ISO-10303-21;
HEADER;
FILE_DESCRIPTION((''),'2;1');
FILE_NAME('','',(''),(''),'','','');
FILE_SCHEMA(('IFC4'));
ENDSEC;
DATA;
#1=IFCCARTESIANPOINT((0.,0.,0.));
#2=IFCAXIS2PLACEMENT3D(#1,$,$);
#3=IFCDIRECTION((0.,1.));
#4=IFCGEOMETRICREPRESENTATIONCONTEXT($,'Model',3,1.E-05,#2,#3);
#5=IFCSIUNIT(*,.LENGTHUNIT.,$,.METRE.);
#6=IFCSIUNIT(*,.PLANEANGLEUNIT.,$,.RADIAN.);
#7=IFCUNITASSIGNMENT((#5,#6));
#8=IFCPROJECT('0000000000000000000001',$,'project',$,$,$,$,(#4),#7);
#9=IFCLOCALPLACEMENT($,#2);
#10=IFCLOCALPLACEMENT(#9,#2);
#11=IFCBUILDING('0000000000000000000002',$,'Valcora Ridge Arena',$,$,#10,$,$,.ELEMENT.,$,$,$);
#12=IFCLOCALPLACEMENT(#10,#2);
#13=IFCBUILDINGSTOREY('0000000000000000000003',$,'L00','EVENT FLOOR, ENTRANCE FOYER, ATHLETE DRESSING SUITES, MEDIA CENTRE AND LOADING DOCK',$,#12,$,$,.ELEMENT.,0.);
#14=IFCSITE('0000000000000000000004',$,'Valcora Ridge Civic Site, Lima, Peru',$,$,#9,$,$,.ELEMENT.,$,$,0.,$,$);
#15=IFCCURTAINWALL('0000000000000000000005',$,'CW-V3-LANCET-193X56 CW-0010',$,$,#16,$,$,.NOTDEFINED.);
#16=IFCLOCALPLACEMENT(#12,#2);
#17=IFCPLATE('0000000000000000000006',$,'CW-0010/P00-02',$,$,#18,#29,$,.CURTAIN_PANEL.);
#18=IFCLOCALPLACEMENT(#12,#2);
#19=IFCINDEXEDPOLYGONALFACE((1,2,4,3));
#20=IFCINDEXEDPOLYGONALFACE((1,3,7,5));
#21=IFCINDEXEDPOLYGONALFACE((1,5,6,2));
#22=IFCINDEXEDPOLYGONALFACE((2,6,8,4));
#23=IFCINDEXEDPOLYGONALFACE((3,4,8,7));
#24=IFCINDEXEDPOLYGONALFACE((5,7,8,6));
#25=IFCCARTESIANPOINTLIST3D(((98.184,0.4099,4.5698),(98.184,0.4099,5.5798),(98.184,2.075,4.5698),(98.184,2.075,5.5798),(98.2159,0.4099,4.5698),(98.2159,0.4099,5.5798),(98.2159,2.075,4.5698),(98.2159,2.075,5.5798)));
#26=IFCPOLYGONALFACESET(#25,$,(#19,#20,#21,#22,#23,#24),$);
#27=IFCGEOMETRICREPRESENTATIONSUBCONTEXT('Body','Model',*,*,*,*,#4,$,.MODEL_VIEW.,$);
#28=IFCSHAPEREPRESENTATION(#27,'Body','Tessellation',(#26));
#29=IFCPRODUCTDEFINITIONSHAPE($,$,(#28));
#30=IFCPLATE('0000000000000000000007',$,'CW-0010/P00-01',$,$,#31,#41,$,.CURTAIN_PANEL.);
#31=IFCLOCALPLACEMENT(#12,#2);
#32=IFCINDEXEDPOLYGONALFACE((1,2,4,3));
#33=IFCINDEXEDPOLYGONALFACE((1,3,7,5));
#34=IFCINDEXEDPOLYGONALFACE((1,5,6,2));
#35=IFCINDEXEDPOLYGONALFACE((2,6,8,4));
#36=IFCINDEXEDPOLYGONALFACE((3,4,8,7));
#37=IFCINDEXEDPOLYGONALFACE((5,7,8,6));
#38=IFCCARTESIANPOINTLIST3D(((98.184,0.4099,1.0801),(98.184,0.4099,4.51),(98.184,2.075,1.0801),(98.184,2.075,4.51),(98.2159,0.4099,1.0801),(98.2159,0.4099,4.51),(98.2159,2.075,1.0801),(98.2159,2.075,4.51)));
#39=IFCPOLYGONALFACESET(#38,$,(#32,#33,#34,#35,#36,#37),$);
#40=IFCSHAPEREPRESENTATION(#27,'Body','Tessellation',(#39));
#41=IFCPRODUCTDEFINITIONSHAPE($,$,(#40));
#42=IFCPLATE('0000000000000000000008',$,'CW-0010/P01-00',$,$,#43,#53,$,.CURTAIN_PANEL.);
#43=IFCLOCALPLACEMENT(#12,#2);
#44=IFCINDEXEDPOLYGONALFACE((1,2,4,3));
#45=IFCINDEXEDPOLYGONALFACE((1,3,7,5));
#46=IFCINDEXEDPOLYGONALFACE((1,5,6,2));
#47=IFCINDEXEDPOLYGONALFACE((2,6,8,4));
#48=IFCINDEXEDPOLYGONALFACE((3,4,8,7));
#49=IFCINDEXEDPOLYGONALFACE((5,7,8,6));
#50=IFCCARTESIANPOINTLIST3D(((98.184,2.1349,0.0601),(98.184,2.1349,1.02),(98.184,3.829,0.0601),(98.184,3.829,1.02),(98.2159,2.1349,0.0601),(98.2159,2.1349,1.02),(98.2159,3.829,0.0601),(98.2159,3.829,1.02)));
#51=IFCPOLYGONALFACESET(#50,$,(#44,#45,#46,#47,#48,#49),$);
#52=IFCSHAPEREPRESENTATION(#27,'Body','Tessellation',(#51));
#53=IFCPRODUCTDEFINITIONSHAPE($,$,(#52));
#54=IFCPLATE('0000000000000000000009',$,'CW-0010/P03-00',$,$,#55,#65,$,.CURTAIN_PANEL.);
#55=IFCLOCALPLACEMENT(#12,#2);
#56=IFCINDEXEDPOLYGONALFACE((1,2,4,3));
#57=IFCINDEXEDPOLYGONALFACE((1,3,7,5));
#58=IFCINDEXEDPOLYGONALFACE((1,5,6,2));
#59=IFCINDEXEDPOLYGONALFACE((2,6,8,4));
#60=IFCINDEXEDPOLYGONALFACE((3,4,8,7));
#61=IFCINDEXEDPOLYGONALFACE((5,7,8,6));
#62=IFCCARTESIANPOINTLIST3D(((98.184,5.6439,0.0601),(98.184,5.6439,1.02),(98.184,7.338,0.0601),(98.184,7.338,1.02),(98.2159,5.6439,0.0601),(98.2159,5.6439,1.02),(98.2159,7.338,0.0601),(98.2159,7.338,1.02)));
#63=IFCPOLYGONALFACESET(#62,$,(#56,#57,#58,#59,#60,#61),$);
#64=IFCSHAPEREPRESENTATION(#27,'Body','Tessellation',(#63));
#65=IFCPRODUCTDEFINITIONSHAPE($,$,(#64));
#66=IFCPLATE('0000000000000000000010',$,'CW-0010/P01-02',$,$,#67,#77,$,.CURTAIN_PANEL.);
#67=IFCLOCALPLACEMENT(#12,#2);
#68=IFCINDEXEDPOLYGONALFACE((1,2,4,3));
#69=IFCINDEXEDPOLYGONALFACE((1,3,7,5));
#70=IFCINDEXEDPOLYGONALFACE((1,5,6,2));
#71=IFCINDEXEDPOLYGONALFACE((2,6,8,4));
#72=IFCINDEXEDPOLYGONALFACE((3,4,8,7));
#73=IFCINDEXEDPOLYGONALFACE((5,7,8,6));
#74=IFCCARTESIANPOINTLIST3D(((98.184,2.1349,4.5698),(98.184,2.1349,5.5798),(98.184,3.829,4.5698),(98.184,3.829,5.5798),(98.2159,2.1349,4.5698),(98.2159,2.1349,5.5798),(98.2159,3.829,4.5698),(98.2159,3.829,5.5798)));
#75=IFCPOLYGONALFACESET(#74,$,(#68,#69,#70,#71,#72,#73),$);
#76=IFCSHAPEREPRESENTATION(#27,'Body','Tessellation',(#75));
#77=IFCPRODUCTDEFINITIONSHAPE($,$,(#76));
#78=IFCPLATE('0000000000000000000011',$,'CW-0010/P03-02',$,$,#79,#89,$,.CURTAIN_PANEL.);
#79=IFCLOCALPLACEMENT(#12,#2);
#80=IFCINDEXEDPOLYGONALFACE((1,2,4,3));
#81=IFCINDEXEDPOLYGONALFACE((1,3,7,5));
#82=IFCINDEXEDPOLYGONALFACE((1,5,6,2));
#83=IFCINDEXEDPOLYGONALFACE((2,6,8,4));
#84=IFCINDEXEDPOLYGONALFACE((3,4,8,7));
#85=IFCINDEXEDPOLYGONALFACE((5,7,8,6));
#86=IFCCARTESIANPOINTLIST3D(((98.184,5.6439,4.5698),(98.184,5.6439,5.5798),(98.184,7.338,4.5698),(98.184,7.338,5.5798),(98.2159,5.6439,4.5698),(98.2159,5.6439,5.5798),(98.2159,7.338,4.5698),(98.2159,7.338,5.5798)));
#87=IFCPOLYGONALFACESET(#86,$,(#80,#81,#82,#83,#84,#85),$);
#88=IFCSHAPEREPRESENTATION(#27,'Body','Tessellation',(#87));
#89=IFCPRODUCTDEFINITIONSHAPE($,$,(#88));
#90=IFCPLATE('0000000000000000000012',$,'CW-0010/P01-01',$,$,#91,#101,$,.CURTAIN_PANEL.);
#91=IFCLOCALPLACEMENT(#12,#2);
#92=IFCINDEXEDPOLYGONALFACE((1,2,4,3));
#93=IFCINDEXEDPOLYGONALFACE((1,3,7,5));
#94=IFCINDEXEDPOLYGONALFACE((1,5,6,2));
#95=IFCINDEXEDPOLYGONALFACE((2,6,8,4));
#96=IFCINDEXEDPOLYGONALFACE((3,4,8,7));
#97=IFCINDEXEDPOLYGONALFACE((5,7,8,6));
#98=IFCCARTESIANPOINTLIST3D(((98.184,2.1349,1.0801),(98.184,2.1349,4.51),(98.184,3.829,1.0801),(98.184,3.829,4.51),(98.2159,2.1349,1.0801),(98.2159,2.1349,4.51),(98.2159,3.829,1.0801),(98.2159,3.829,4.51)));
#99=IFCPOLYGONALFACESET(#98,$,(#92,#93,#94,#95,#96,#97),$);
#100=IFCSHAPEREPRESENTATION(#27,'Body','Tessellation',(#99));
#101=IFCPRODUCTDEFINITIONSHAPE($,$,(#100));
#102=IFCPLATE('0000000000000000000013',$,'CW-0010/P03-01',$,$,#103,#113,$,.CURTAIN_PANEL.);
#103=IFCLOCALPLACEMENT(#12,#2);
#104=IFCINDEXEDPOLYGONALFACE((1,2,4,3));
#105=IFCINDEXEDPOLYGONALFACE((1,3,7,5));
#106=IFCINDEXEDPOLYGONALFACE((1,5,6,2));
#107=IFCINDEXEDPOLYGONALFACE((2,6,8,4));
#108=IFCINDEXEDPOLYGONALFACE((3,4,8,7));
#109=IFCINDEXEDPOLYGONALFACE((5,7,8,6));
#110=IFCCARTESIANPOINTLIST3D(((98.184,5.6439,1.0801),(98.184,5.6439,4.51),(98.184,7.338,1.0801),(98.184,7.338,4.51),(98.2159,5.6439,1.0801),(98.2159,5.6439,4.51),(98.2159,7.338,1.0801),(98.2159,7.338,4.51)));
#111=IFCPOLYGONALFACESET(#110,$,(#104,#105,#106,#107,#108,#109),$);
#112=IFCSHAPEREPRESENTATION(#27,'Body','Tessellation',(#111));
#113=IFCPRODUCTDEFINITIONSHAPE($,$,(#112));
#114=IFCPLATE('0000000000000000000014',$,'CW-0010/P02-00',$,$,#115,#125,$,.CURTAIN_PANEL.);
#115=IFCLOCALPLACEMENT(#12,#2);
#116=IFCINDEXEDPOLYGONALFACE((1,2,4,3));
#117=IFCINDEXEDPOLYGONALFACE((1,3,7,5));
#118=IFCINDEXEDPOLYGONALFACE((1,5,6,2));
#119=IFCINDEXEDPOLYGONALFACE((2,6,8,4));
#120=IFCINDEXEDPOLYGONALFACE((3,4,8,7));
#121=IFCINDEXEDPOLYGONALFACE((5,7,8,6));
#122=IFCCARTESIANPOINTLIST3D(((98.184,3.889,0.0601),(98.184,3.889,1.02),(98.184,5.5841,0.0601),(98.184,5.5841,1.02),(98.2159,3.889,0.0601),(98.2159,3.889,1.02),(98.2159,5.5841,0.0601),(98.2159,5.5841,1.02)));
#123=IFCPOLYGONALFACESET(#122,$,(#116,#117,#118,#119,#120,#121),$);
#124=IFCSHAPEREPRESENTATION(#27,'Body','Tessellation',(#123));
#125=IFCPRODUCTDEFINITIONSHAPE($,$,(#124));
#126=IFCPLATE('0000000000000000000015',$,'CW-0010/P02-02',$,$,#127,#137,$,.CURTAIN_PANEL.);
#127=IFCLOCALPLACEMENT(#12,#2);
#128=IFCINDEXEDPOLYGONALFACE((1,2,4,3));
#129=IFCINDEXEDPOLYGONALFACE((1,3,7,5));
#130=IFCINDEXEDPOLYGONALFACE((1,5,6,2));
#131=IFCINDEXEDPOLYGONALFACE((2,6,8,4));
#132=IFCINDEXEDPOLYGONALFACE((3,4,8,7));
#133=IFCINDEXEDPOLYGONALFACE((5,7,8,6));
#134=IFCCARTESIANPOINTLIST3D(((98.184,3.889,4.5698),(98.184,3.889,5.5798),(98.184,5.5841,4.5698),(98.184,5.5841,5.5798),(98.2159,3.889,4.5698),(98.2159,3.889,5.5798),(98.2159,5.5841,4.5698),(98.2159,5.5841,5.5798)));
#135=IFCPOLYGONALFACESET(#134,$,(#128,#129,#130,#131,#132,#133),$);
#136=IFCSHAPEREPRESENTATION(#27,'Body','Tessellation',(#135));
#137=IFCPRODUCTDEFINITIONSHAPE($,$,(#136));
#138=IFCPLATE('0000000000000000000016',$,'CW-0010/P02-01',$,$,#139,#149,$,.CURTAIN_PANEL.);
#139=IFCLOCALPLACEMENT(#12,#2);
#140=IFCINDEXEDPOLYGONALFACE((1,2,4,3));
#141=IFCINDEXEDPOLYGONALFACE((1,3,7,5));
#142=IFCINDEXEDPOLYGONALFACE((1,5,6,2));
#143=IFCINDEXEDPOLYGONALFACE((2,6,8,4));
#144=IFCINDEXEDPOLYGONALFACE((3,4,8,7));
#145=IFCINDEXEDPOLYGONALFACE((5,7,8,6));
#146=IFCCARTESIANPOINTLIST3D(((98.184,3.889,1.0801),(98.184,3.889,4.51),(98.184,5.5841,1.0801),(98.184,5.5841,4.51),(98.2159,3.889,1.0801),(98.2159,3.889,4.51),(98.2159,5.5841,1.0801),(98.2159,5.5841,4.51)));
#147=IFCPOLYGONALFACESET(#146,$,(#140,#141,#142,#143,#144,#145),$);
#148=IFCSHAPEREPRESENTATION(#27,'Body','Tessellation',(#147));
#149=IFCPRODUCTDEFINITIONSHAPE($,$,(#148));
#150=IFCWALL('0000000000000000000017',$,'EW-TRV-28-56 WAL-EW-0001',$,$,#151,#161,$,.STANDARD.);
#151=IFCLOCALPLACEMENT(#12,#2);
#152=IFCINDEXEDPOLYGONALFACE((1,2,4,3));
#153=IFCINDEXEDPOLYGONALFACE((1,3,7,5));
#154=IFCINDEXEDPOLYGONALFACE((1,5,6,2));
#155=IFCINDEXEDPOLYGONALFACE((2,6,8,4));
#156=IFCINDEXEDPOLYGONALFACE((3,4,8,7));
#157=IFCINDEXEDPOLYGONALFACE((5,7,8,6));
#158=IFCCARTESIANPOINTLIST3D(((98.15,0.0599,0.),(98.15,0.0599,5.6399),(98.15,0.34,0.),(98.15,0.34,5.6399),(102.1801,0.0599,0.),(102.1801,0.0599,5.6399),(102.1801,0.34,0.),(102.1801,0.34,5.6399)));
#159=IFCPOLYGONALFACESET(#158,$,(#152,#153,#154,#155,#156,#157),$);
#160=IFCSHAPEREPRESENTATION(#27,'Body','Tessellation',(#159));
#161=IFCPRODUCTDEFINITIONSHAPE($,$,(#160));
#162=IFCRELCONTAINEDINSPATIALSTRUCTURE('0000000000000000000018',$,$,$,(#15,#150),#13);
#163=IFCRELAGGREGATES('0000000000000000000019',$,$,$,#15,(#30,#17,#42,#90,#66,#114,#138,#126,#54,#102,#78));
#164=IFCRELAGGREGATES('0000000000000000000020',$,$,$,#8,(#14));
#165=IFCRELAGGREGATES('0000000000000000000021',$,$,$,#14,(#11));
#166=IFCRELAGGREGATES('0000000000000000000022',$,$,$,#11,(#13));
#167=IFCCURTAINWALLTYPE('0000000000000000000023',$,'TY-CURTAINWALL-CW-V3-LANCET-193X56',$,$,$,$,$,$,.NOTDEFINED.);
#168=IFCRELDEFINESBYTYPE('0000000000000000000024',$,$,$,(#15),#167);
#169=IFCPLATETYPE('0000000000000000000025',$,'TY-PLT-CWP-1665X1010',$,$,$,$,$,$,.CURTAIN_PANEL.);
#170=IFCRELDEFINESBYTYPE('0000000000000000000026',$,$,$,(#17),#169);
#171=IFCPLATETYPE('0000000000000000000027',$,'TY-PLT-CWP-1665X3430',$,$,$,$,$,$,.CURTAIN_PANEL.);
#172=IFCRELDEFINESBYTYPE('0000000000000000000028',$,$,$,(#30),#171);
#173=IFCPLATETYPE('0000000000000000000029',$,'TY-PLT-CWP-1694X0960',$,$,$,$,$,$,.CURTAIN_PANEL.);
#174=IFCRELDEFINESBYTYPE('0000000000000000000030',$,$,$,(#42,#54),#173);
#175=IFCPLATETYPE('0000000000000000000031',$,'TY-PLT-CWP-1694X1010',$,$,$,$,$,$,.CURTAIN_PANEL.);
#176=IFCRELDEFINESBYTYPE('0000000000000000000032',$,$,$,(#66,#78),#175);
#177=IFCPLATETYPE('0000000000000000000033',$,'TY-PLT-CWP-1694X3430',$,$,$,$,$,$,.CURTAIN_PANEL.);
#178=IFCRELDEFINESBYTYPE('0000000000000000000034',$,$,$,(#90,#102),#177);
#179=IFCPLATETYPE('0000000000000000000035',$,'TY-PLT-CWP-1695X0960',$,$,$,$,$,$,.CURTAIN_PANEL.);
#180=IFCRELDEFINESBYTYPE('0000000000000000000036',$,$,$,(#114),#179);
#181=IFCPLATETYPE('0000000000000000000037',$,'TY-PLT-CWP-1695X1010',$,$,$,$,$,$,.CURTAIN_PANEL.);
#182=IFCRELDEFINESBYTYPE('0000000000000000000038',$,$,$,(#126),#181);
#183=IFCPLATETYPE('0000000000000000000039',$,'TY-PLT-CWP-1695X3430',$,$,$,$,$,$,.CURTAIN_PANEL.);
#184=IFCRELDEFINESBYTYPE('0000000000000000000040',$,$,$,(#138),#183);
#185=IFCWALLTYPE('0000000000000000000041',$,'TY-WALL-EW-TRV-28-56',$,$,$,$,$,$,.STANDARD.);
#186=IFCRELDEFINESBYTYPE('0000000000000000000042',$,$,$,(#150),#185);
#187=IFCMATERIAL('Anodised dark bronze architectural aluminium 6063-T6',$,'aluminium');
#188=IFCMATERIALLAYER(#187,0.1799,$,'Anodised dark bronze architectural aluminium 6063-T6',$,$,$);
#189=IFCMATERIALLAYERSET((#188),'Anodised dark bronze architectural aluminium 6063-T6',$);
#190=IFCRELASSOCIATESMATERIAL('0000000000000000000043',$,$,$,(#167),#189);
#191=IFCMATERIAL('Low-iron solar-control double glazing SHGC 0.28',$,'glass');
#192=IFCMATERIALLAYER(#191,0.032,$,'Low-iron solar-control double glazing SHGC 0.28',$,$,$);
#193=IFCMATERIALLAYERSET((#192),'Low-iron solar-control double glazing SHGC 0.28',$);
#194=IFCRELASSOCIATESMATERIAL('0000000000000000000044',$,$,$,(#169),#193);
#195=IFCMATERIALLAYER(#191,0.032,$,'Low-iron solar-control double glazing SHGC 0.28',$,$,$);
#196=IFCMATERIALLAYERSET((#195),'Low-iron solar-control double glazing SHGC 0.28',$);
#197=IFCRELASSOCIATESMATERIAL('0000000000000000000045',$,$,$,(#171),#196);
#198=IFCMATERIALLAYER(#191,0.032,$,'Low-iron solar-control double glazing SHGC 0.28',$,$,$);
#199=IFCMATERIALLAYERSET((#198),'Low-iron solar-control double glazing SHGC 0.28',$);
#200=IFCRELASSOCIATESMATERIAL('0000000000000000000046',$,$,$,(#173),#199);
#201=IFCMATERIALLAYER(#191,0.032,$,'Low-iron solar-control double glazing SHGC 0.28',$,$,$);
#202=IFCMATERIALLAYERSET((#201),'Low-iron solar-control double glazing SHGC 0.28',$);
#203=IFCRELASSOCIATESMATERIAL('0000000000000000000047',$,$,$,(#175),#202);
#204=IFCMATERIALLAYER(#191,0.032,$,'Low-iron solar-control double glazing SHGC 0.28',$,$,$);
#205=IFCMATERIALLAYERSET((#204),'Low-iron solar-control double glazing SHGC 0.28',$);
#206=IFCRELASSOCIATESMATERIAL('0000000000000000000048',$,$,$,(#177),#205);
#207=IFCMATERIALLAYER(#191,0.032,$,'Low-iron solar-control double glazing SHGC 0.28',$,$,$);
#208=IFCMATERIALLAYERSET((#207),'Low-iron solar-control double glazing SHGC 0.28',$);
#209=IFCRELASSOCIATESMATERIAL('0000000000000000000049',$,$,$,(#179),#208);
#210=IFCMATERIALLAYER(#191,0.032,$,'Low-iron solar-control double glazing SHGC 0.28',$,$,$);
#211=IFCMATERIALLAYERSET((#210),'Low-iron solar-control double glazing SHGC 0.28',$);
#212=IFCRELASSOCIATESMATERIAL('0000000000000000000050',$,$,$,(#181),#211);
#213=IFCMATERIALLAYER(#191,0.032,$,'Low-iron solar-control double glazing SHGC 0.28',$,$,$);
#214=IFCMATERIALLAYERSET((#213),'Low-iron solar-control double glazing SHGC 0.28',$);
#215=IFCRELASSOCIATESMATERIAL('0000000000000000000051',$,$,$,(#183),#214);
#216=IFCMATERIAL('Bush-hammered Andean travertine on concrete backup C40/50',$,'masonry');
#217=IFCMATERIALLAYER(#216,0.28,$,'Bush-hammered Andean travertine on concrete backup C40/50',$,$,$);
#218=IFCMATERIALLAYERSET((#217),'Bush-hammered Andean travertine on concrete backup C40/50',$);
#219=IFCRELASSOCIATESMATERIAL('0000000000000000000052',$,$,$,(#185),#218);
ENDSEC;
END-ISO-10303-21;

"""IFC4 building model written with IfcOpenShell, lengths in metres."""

from ifc_helpers import new_model, si_unit, direction, frame, frame_2d, origin, origin_2d, place, context, subcontext, project, spatial, rectangle, extrude, material, layer, layer_set, type_object, element, aggregate, save


model = new_model("IFC4")

# Units and contexts
model_context = context("Model", 3, precision=1e-05, world=origin(), true_north=direction((0.0, 1.0)))
body_context = subcontext(model_context, "Body", "Model", "MODEL_VIEW")
ifc_project = project(units=[si_unit("LENGTHUNIT", "METRE"), si_unit("PLANEANGLEUNIT", "RADIAN")], contexts=[model_context])

# Site, building, storey
site_placement = place(None, origin())
site = spatial("IfcSite", under=ifc_project, at=site_placement, Name="Valcora Ridge Civic Site, Lima, Peru", CompositionType="ELEMENT", RefElevation=0.0)
building_placement = place(site_placement, origin())
building = spatial("IfcBuilding", under=site, at=building_placement, Name="Valcora Ridge Arena", CompositionType="ELEMENT")
storey_placement = place(building_placement, origin())
storey = spatial("IfcBuildingStorey", under=building, at=storey_placement, Name="L00", Description="EVENT FLOOR, ENTRANCE FOYER, ATHLETE DRESSING SUITES, MEDIA CENTRE AND LOADING DOCK", CompositionType="ELEMENT", Elevation=0.0)

# Curtain wall, plates
ifc_material_1 = material(Name="Anodised dark bronze architectural aluminium 6063-T6", Category="aluminium")
ifc_layer_1 = layer(ifc_material_1, 0.1799, Name="Anodised dark bronze architectural aluminium 6063-T6")
ifc_layer_set_1 = layer_set([ifc_layer_1], Name="Anodised dark bronze architectural aluminium 6063-T6")
curtain_wall_type = type_object("IfcCurtainWallType", Name="TY-CURTAINWALL-CW-V3-LANCET-193X56", PredefinedType="NOTDEFINED", material=ifc_layer_set_1)
curtain_wall_placement = place(storey_placement, origin())
curtain_wall = element("IfcCurtainWall", 1, at=curtain_wall_placement, inside=storey, type_object=curtain_wall_type, Name="CW-V3-LANCET-193X56 CW-0010", PredefinedType="NOTDEFINED")
ifc_material_2 = material(Name="Low-iron solar-control double glazing SHGC 0.28", Category="glass")
ifc_layer_2 = layer(ifc_material_2, 0.032, Name="Low-iron solar-control double glazing SHGC 0.28")
ifc_layer_set_2 = layer_set([ifc_layer_2], Name="Low-iron solar-control double glazing SHGC 0.28")
plate_type_1 = type_object("IfcPlateType", Name="TY-PLT-CWP-1665X1010", PredefinedType="CURTAIN_PANEL", material=ifc_layer_set_2)
plate_1_placement = place(storey_placement, frame((98.2, 1.2424, 4.5698), z_axis=(0.0, 0.0, 1.0), x_axis=(0.0, 1.0, 0.0)))
plate_1 = element("IfcPlate", 2, at=plate_1_placement, type_object=plate_type_1, Name="CW-0010/P00-02", PredefinedType="CURTAIN_PANEL", context=body_context, shape_type="SweptSolid", body=[
    extrude(rectangle(XDim=1.665, YDim=0.032, at=origin_2d()), origin(), (0.0, 0.0, 1.0), 1.01),
])
ifc_layer_3 = layer(ifc_material_2, 0.032, Name="Low-iron solar-control double glazing SHGC 0.28")
ifc_layer_set_3 = layer_set([ifc_layer_3], Name="Low-iron solar-control double glazing SHGC 0.28")
plate_type_2 = type_object("IfcPlateType", Name="TY-PLT-CWP-1665X3430", PredefinedType="CURTAIN_PANEL", material=ifc_layer_set_3)
plate_2_placement = place(storey_placement, frame((98.2, 1.2424, 1.0801), z_axis=(0.0, 0.0, 1.0), x_axis=(0.0, 1.0, 0.0)))
plate_2 = element("IfcPlate", 3, at=plate_2_placement, type_object=plate_type_2, Name="CW-0010/P00-01", PredefinedType="CURTAIN_PANEL", context=body_context, shape_type="SweptSolid", body=[
    extrude(rectangle(XDim=1.665, YDim=0.032, at=origin_2d()), origin(), (0.0, 0.0, 1.0), 3.4299),
])
ifc_layer_4 = layer(ifc_material_2, 0.032, Name="Low-iron solar-control double glazing SHGC 0.28")
ifc_layer_set_4 = layer_set([ifc_layer_4], Name="Low-iron solar-control double glazing SHGC 0.28")
plate_type_3 = type_object("IfcPlateType", Name="TY-PLT-CWP-1694X0960", PredefinedType="CURTAIN_PANEL", material=ifc_layer_set_4)
plate_3_placement = place(storey_placement, frame((98.2, 2.9819, 0.0601), z_axis=(0.0, 0.0, 1.0), x_axis=(0.0, 1.0, 0.0)))
plate_3 = element("IfcPlate", 4, at=plate_3_placement, type_object=plate_type_3, Name="CW-0010/P01-00", PredefinedType="CURTAIN_PANEL", context=body_context, shape_type="SweptSolid", body=[
    extrude(rectangle(XDim=1.6941, YDim=0.032, at=origin_2d()), origin(), (0.0, 0.0, 1.0), 0.96),
])
plate_4_placement = place(storey_placement, frame((98.2, 6.491, 0.0601), z_axis=(0.0, 0.0, 1.0), x_axis=(0.0, 1.0, 0.0)))
plate_4 = element("IfcPlate", 5, at=plate_4_placement, type_object=plate_type_3, Name="CW-0010/P03-00", PredefinedType="CURTAIN_PANEL", context=body_context, shape_type="SweptSolid", body=[
    extrude(rectangle(XDim=1.6941, YDim=0.032, at=origin_2d()), origin(), (0.0, 0.0, 1.0), 0.96),
])
ifc_layer_5 = layer(ifc_material_2, 0.032, Name="Low-iron solar-control double glazing SHGC 0.28")
ifc_layer_set_5 = layer_set([ifc_layer_5], Name="Low-iron solar-control double glazing SHGC 0.28")
plate_type_4 = type_object("IfcPlateType", Name="TY-PLT-CWP-1694X1010", PredefinedType="CURTAIN_PANEL", material=ifc_layer_set_5)
plate_5_placement = place(storey_placement, frame((98.2, 2.9819, 4.5698), z_axis=(0.0, 0.0, 1.0), x_axis=(0.0, 1.0, 0.0)))
plate_5 = element("IfcPlate", 6, at=plate_5_placement, type_object=plate_type_4, Name="CW-0010/P01-02", PredefinedType="CURTAIN_PANEL", context=body_context, shape_type="SweptSolid", body=[
    extrude(rectangle(XDim=1.6941, YDim=0.032, at=origin_2d()), origin(), (0.0, 0.0, 1.0), 1.01),
])
plate_6_placement = place(storey_placement, frame((98.2, 6.491, 4.5698), z_axis=(0.0, 0.0, 1.0), x_axis=(0.0, 1.0, 0.0)))
plate_6 = element("IfcPlate", 7, at=plate_6_placement, type_object=plate_type_4, Name="CW-0010/P03-02", PredefinedType="CURTAIN_PANEL", context=body_context, shape_type="SweptSolid", body=[
    extrude(rectangle(XDim=1.6941, YDim=0.032, at=origin_2d()), origin(), (0.0, 0.0, 1.0), 1.01),
])
ifc_layer_6 = layer(ifc_material_2, 0.032, Name="Low-iron solar-control double glazing SHGC 0.28")
ifc_layer_set_6 = layer_set([ifc_layer_6], Name="Low-iron solar-control double glazing SHGC 0.28")
plate_type_5 = type_object("IfcPlateType", Name="TY-PLT-CWP-1694X3430", PredefinedType="CURTAIN_PANEL", material=ifc_layer_set_6)
plate_7_placement = place(storey_placement, frame((98.2, 2.9819, 1.0801), z_axis=(0.0, 0.0, 1.0), x_axis=(0.0, 1.0, 0.0)))
plate_7 = element("IfcPlate", 8, at=plate_7_placement, type_object=plate_type_5, Name="CW-0010/P01-01", PredefinedType="CURTAIN_PANEL", context=body_context, shape_type="SweptSolid", body=[
    extrude(rectangle(XDim=1.6941, YDim=0.032, at=origin_2d()), origin(), (0.0, 0.0, 1.0), 3.4299),
])
plate_8_placement = place(storey_placement, frame((98.2, 6.491, 1.0801), z_axis=(0.0, 0.0, 1.0), x_axis=(0.0, 1.0, 0.0)))
plate_8 = element("IfcPlate", 9, at=plate_8_placement, type_object=plate_type_5, Name="CW-0010/P03-01", PredefinedType="CURTAIN_PANEL", context=body_context, shape_type="SweptSolid", body=[
    extrude(rectangle(XDim=1.6941, YDim=0.032, at=origin_2d()), origin(), (0.0, 0.0, 1.0), 3.4299),
])
ifc_layer_7 = layer(ifc_material_2, 0.032, Name="Low-iron solar-control double glazing SHGC 0.28")
ifc_layer_set_7 = layer_set([ifc_layer_7], Name="Low-iron solar-control double glazing SHGC 0.28")
plate_type_6 = type_object("IfcPlateType", Name="TY-PLT-CWP-1695X0960", PredefinedType="CURTAIN_PANEL", material=ifc_layer_set_7)
plate_9_placement = place(storey_placement, frame((98.2, 4.7366, 0.0601), z_axis=(0.0, 0.0, 1.0), x_axis=(0.0, 1.0, 0.0)))
plate_9 = element("IfcPlate", 10, at=plate_9_placement, type_object=plate_type_6, Name="CW-0010/P02-00", PredefinedType="CURTAIN_PANEL", context=body_context, shape_type="SweptSolid", body=[
    extrude(rectangle(XDim=1.6951, YDim=0.032, at=origin_2d()), origin(), (0.0, 0.0, 1.0), 0.96),
])
ifc_layer_8 = layer(ifc_material_2, 0.032, Name="Low-iron solar-control double glazing SHGC 0.28")
ifc_layer_set_8 = layer_set([ifc_layer_8], Name="Low-iron solar-control double glazing SHGC 0.28")
plate_type_7 = type_object("IfcPlateType", Name="TY-PLT-CWP-1695X1010", PredefinedType="CURTAIN_PANEL", material=ifc_layer_set_8)
plate_10_placement = place(storey_placement, frame((98.2, 4.7366, 4.5698), z_axis=(0.0, 0.0, 1.0), x_axis=(0.0, 1.0, 0.0)))
plate_10 = element("IfcPlate", 11, at=plate_10_placement, type_object=plate_type_7, Name="CW-0010/P02-02", PredefinedType="CURTAIN_PANEL", context=body_context, shape_type="SweptSolid", body=[
    extrude(rectangle(XDim=1.6951, YDim=0.032, at=origin_2d()), origin(), (0.0, 0.0, 1.0), 1.01),
])
ifc_layer_9 = layer(ifc_material_2, 0.032, Name="Low-iron solar-control double glazing SHGC 0.28")
ifc_layer_set_9 = layer_set([ifc_layer_9], Name="Low-iron solar-control double glazing SHGC 0.28")
plate_type_8 = type_object("IfcPlateType", Name="TY-PLT-CWP-1695X3430", PredefinedType="CURTAIN_PANEL", material=ifc_layer_set_9)
plate_11_placement = place(storey_placement, frame((98.2, 4.7366, 1.0801), z_axis=(0.0, 0.0, 1.0), x_axis=(0.0, 1.0, 0.0)))
plate_11 = element("IfcPlate", 12, at=plate_11_placement, type_object=plate_type_8, Name="CW-0010/P02-01", PredefinedType="CURTAIN_PANEL", context=body_context, shape_type="SweptSolid", body=[
    extrude(rectangle(XDim=1.6951, YDim=0.032, at=origin_2d()), origin(), (0.0, 0.0, 1.0), 3.4299),
])
aggregate(curtain_wall, [plate_2, plate_1, plate_3, plate_7, plate_5, plate_9, plate_11, plate_10, plate_4, plate_8, plate_6])

# Wall
ifc_material_3 = material(Name="Bush-hammered Andean travertine on concrete backup C40/50", Category="masonry")
ifc_layer_10 = layer(ifc_material_3, 0.28, Name="Bush-hammered Andean travertine on concrete backup C40/50")
ifc_layer_set_10 = layer_set([ifc_layer_10], Name="Bush-hammered Andean travertine on concrete backup C40/50")
wall_type = type_object("IfcWallType", Name="TY-WALL-EW-TRV-28-56", PredefinedType="STANDARD", material=ifc_layer_set_10)
wall_placement = place(storey_placement, frame((98.1499, 0.2, 0.0), z_axis=(0.0, 0.0, 1.0), x_axis=(1.0, 0.0, 0.0)))
element("IfcWall", 13, at=wall_placement, inside=storey, type_object=wall_type, Name="EW-TRV-28-56 WAL-EW-0001", PredefinedType="STANDARD", context=body_context, shape_type="SweptSolid", body=[
    extrude(rectangle(XDim=4.03, YDim=0.28, at=frame_2d((2.0151, 0.0))), origin(), (0.0, 0.0, 1.0), 5.6399),
])

save(model, "model.ifc")
